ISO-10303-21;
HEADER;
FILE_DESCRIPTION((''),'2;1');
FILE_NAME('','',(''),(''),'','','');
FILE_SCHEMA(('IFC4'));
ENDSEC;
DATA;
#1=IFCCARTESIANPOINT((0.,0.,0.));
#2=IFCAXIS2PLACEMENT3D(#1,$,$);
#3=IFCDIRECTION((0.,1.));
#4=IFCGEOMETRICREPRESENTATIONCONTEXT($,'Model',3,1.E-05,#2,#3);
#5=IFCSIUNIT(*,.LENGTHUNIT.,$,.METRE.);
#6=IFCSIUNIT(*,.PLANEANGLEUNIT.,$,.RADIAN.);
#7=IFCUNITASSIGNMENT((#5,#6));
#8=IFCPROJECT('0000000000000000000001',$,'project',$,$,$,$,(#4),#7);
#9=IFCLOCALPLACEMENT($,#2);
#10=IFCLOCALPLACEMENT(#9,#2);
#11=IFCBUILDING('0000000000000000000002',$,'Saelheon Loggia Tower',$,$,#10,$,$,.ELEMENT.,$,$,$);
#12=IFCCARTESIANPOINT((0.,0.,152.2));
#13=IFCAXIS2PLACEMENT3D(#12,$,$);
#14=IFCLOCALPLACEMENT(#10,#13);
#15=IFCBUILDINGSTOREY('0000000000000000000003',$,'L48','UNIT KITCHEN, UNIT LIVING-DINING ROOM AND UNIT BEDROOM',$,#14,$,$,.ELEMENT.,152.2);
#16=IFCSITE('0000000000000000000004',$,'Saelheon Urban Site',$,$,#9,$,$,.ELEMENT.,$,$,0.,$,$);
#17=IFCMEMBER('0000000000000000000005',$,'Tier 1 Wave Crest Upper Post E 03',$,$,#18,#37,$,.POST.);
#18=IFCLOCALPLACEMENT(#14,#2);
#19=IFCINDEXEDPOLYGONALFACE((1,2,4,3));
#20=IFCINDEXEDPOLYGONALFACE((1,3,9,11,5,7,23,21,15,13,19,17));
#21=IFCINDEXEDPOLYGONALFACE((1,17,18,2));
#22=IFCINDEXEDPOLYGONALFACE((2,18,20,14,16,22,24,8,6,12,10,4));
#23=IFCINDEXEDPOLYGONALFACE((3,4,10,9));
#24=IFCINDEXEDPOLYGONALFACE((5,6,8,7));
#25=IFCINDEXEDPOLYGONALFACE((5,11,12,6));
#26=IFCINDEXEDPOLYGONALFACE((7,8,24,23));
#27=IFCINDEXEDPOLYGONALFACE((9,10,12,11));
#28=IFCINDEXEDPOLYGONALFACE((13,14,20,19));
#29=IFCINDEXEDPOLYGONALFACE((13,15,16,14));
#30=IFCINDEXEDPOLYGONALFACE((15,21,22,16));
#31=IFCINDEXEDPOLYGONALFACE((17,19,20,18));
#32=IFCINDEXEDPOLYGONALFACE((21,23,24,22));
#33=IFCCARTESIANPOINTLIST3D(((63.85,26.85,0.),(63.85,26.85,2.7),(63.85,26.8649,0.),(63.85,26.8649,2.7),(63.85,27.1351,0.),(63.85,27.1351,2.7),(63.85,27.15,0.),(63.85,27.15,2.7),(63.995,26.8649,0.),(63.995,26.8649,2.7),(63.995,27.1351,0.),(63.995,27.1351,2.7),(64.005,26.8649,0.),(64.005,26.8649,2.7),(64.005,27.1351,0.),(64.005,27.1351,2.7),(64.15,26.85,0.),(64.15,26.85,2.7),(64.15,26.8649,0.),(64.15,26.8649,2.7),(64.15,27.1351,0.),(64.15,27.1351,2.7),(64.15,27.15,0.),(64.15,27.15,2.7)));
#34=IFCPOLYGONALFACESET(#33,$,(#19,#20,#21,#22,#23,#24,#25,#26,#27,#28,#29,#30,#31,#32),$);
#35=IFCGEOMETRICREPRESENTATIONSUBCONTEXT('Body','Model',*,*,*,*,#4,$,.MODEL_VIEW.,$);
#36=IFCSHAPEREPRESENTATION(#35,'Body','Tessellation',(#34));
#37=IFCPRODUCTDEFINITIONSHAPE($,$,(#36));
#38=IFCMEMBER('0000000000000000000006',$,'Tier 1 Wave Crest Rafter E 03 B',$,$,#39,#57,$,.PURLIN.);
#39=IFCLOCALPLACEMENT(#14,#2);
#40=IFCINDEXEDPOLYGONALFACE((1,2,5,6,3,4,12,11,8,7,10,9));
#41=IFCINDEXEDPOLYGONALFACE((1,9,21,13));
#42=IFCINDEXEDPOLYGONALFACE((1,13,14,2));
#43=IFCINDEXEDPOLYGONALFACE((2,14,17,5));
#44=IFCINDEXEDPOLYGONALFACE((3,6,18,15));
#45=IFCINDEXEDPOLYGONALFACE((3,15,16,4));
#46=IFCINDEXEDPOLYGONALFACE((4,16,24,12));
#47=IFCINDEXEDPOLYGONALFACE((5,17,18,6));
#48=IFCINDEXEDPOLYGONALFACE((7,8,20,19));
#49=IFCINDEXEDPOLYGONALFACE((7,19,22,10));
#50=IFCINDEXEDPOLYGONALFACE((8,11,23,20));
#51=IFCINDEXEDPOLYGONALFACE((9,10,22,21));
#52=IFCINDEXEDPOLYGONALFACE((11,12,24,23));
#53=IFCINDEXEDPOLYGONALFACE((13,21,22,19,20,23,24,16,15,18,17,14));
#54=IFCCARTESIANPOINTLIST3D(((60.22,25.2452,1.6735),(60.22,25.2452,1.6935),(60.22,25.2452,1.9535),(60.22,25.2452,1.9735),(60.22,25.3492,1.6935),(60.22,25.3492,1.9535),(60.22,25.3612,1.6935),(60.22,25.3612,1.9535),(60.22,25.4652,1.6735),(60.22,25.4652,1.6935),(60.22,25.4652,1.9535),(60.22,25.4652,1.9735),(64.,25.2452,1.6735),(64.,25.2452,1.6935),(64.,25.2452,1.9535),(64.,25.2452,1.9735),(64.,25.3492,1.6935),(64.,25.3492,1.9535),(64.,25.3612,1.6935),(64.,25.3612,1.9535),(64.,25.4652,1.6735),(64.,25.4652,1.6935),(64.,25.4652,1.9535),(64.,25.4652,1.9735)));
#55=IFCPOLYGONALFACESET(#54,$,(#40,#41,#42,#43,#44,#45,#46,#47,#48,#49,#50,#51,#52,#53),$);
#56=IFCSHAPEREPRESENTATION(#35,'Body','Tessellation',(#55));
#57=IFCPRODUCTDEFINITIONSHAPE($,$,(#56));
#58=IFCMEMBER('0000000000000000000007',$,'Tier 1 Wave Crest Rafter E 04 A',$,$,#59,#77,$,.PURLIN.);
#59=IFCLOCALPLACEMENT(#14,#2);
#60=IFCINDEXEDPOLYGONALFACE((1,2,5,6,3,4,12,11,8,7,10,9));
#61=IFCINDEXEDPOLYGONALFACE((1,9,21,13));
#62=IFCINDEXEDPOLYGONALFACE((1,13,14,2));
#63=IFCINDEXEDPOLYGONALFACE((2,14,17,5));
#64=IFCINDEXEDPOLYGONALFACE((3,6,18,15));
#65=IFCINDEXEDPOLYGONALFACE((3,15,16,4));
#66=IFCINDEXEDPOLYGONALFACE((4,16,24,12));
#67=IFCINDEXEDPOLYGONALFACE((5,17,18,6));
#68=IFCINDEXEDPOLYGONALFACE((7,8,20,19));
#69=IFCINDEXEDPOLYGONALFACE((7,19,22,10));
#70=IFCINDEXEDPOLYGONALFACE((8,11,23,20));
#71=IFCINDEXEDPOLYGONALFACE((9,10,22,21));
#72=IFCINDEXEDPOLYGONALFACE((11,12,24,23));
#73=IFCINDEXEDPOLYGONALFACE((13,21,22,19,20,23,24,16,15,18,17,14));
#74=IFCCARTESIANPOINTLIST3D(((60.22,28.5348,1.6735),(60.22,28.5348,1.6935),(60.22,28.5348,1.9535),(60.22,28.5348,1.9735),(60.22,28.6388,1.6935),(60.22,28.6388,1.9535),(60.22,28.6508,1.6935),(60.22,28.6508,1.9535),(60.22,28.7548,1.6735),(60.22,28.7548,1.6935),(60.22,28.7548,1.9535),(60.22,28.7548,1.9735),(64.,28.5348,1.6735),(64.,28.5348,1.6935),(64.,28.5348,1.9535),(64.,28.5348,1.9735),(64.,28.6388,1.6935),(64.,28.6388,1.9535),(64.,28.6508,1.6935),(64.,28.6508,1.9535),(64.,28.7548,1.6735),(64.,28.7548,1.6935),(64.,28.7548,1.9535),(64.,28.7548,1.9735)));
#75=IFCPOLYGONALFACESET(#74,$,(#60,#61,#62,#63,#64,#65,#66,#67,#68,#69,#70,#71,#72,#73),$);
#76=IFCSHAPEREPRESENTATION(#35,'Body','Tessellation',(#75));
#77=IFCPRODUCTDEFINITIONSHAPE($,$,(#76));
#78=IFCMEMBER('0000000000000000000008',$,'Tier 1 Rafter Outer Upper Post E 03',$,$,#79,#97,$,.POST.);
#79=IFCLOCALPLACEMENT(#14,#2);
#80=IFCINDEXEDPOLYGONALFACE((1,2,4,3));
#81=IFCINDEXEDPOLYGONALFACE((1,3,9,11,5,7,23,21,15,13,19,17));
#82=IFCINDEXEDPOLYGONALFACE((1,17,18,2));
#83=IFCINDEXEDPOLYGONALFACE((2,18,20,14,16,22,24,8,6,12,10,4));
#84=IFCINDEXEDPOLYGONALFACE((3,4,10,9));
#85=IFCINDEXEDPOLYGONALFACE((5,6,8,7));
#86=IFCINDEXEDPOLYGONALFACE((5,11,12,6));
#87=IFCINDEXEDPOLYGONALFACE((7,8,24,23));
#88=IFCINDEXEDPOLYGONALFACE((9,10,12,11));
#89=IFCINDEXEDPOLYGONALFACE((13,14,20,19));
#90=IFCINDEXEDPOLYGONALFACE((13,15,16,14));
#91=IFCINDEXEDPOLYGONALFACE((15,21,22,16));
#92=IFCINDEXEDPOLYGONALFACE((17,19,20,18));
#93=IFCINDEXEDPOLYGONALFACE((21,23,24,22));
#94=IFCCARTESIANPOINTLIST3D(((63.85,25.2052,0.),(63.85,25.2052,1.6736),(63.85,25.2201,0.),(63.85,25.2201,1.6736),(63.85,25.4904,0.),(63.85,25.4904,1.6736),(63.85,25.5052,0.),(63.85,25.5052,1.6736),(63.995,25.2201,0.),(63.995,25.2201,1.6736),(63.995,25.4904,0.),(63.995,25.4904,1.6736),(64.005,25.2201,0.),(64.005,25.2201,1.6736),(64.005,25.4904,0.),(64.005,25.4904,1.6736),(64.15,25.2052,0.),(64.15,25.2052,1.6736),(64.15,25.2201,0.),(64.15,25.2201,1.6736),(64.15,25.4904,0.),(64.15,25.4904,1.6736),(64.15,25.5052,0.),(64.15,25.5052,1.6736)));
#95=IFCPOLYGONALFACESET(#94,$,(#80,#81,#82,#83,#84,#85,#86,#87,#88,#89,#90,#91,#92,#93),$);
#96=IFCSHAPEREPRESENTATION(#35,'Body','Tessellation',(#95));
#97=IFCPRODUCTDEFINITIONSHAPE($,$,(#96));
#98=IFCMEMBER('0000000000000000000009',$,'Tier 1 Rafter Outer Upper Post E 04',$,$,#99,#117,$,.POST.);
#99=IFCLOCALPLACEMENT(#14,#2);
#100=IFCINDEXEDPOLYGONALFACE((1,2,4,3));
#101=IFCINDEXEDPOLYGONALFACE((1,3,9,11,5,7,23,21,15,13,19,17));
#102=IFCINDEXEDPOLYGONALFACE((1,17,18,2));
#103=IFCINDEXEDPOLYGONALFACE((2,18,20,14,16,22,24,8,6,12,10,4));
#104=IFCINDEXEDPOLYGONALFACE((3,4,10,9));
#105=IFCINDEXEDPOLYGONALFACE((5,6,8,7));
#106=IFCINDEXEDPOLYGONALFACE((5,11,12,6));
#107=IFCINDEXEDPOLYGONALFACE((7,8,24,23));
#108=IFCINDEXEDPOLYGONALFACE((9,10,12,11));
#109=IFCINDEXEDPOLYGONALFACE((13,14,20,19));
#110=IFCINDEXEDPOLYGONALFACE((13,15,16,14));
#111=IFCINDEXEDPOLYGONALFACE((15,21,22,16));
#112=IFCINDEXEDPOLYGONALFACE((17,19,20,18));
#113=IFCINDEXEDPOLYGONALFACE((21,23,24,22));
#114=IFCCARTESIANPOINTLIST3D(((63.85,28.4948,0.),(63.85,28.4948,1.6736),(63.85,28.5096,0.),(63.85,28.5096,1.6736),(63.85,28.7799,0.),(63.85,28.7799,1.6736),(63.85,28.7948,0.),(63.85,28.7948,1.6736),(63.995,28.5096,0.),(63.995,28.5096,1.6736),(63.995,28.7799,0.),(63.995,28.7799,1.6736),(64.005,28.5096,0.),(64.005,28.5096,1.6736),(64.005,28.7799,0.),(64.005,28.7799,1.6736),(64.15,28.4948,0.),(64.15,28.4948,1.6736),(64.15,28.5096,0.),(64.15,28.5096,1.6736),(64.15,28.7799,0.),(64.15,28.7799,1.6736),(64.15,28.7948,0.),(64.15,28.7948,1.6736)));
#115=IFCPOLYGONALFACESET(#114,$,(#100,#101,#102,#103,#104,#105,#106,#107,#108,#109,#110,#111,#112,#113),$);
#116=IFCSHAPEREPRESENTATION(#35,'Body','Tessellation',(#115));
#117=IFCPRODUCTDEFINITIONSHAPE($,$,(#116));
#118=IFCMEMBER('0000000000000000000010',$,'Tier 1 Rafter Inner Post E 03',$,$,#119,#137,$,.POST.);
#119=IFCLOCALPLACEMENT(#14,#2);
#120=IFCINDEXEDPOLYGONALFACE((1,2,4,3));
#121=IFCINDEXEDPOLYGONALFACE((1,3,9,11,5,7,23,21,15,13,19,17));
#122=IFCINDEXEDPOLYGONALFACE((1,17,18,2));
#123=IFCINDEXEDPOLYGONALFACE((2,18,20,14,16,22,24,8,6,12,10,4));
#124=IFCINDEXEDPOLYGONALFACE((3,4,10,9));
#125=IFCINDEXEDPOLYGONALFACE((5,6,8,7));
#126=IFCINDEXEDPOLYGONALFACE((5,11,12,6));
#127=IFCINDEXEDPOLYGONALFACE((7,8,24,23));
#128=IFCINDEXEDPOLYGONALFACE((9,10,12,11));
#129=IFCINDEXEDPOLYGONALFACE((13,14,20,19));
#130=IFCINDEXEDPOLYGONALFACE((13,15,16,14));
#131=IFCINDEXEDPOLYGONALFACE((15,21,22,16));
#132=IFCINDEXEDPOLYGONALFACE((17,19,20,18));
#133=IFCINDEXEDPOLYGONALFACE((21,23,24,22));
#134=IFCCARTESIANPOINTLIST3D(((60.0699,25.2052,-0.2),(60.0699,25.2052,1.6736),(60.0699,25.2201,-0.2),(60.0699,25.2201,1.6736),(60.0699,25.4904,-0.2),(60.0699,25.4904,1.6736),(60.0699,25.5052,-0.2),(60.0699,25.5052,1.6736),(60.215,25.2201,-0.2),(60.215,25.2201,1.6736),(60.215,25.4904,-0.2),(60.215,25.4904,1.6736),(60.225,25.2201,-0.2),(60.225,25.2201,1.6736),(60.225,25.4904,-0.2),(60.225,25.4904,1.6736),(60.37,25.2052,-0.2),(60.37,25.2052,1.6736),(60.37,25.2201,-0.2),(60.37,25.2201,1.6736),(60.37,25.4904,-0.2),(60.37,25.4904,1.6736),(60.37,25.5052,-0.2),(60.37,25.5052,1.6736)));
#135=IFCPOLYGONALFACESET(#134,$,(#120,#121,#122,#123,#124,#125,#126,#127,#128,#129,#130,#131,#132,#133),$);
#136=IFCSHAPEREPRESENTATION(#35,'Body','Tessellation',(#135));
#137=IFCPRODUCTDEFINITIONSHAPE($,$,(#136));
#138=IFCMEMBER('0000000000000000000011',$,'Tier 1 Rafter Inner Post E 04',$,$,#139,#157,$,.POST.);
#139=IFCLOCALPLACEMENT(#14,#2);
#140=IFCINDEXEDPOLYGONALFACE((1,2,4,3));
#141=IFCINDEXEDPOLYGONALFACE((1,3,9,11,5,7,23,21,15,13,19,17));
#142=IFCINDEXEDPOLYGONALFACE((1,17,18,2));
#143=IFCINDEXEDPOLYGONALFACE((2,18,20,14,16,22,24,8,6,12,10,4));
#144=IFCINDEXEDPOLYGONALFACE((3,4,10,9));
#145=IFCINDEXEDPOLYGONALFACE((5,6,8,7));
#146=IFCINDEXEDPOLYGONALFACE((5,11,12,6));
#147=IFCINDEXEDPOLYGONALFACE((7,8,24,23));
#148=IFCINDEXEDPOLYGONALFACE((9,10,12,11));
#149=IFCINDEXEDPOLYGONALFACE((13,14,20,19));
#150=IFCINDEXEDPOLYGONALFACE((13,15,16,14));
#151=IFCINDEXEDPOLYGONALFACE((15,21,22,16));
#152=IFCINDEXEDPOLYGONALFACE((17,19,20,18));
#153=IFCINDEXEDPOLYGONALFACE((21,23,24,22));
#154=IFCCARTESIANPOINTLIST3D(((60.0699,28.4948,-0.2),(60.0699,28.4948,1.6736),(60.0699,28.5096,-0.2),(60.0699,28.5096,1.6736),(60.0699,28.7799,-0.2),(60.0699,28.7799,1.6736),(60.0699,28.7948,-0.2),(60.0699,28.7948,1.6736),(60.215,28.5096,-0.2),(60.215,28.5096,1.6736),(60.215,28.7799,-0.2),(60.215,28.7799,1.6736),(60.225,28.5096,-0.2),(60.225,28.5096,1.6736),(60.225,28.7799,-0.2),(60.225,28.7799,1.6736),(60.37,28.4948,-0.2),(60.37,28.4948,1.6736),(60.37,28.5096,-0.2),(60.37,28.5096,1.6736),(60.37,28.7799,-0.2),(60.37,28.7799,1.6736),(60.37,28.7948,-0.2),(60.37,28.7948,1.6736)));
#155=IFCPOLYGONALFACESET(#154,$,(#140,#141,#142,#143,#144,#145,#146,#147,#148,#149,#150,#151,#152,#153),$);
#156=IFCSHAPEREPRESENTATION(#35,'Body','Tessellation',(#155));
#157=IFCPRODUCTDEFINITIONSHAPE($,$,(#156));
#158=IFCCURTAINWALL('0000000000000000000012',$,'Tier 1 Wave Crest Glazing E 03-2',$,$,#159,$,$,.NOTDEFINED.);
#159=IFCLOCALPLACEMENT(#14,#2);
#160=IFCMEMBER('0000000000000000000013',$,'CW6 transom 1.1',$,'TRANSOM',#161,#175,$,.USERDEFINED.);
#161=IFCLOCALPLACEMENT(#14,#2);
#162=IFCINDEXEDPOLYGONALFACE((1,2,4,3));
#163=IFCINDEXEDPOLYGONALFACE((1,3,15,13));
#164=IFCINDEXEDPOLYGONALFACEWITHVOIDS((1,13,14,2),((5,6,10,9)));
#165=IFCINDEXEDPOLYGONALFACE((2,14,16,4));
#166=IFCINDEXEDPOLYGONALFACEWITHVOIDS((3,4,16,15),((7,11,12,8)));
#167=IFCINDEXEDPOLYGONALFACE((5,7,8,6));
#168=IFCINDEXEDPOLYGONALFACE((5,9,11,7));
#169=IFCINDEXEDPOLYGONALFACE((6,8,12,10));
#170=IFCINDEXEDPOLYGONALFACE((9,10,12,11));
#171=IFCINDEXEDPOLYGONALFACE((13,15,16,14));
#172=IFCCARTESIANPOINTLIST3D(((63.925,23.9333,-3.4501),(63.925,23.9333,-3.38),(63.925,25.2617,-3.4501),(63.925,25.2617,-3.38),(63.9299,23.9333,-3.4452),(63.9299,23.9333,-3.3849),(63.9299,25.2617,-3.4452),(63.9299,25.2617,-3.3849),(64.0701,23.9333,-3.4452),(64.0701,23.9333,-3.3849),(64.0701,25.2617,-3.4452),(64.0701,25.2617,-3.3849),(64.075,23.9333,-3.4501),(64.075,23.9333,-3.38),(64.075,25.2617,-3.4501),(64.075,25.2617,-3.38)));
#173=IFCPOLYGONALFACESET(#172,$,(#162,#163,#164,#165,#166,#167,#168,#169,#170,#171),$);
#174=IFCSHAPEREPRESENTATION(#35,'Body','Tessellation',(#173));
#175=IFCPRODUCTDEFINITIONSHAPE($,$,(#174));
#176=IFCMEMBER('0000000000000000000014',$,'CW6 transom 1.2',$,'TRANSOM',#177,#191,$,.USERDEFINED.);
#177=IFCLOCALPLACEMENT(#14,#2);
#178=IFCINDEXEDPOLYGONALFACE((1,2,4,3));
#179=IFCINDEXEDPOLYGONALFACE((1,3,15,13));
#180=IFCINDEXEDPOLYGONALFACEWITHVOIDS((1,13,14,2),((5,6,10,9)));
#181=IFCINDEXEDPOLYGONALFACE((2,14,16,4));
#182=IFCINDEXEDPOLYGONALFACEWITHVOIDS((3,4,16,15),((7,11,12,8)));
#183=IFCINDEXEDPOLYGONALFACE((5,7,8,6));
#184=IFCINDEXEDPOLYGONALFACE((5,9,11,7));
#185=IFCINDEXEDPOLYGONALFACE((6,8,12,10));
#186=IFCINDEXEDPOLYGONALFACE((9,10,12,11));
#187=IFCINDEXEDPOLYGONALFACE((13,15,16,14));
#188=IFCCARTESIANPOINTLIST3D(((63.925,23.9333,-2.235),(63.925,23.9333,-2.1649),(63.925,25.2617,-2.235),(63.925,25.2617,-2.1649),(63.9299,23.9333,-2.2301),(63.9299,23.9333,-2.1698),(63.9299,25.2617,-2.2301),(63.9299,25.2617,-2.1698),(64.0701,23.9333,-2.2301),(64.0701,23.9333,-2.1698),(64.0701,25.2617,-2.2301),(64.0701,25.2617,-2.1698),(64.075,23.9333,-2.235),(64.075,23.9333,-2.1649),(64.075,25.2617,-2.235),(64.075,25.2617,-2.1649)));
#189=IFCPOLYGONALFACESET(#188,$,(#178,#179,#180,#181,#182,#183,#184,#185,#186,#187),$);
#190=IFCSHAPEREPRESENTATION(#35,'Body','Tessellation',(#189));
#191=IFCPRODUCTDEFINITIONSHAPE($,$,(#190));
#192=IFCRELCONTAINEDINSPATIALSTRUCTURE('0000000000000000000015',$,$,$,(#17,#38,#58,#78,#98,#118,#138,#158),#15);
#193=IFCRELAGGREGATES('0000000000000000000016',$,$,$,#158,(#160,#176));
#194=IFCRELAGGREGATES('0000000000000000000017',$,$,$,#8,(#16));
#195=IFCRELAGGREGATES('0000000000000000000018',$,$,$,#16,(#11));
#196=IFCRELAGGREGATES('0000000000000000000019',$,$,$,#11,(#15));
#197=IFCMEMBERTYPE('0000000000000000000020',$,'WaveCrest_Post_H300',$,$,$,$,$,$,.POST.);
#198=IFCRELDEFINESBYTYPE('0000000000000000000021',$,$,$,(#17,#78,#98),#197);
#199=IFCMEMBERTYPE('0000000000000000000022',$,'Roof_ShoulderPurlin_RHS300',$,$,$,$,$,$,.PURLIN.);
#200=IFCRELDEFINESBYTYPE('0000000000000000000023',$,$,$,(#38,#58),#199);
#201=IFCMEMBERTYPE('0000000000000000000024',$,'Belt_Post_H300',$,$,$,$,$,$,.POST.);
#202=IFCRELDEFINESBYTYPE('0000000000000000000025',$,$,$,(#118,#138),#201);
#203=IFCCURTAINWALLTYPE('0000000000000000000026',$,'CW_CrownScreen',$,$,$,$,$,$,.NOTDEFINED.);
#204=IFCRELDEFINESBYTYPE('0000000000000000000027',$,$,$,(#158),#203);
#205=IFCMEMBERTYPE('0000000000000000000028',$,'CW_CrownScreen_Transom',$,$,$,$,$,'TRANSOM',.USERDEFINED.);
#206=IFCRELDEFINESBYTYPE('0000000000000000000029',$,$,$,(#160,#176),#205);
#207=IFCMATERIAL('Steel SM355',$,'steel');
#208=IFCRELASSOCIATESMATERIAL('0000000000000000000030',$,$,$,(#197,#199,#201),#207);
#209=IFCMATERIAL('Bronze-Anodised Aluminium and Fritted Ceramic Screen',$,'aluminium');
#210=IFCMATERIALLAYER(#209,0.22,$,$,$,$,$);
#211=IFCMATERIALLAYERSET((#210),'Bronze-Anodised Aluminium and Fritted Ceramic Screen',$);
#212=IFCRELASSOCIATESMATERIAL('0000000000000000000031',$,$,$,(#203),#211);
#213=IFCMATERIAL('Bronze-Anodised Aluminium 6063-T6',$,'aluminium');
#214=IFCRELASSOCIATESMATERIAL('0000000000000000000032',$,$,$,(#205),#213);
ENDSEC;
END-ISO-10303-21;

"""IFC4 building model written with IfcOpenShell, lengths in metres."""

from ifc_helpers import new_model, si_unit, direction, frame, origin, origin_2d, place, context, subcontext, project, spatial, hollow_rectangle, i_section, extrude, source, transform, mapped, material, layer, layer_set, material_profile, profile_set, type_object, element, aggregate, save


model = new_model("IFC4")

# Units and contexts
model_context = context("Model", 3, precision=1e-05, world=origin(), true_north=direction((0.0, 1.0)))
body_context = subcontext(model_context, "Body", "Model", "MODEL_VIEW")
ifc_project = project(units=[si_unit("LENGTHUNIT", "METRE"), si_unit("PLANEANGLEUNIT", "RADIAN")], contexts=[model_context])

# Site, building, storey
site_placement = place(None, origin())
site = spatial("IfcSite", under=ifc_project, at=site_placement, Name="Saelheon Urban Site", CompositionType="ELEMENT", RefElevation=0.0)
building_placement = place(site_placement, origin())
building = spatial("IfcBuilding", under=site, at=building_placement, Name="Saelheon Loggia Tower", CompositionType="ELEMENT")
storey_placement = place(building_placement, frame((0.0, 0.0, 152.2)))
storey = spatial("IfcBuildingStorey", under=building, at=storey_placement, Name="L48", Description="UNIT KITCHEN, UNIT LIVING-DINING ROOM AND UNIT BEDROOM", CompositionType="ELEMENT", Elevation=152.2)

# Members
ifc_material_1 = material(Name="Steel SM355", Category="steel")
ifc_material_profile_1 = material_profile(ifc_material_1, i_section(OverallWidth=0.3, OverallDepth=0.3, WebThickness=0.01, FlangeThickness=0.0149, at=origin_2d()), Name="H-300x300x10x15")
ifc_profile_set_1 = profile_set([ifc_material_profile_1], Name="Steel SM355")
member_type_1 = type_object("IfcMemberType", Name="WaveCrest_Post_H300", PredefinedType="POST", material=ifc_profile_set_1)
shared_shape_1 = source(origin(), body_context, "Body", "SweptSolid", [
    extrude(i_section(OverallWidth=0.3, OverallDepth=0.3, WebThickness=0.01, FlangeThickness=0.0149, at=origin_2d()), origin(), (0.0, 0.0, 1.0), 2.7),
])
member_1_placement = place(storey_placement, frame((64.0, 27.0, 0.0), z_axis=(0.0, 0.0, 1.0), x_axis=(1.0, 0.0, 0.0)))
element("IfcMember", 1, at=member_1_placement, inside=storey, type_object=member_type_1, Name="Tier 1 Wave Crest Upper Post E 03", PredefinedType="POST", context=body_context, shape_type="MappedRepresentation", body=[
    mapped(shared_shape_1, transform((0.0, 0.0, 0.0), scale=1.0)),
])
ifc_material_profile_2 = material_profile(ifc_material_1, i_section(OverallWidth=0.22, OverallDepth=0.3, WebThickness=0.012, FlangeThickness=0.02, at=origin_2d()), Name="H-300x220x12x20")
ifc_profile_set_2 = profile_set([ifc_material_profile_2], Name="Steel SM355")
member_type_2 = type_object("IfcMemberType", Name="Roof_ShoulderPurlin_RHS300", PredefinedType="PURLIN", material=ifc_profile_set_2)
shared_shape_2 = source(origin(), body_context, "Body", "SweptSolid", [
    extrude(i_section(OverallWidth=0.22, OverallDepth=0.3, WebThickness=0.012, FlangeThickness=0.02, at=origin_2d()), origin(), (0.0, 0.0, 1.0), 3.78),
])
for number, where, z_axis, x_axis, name in (
    (2, (64.0, 25.3552, 1.8235), (-1.0, 0.0, 0.0), (0.0, -1.0, 0.0), "Tier 1 Wave Crest Rafter E 03 B"),
    (3, (64.0, 28.6448, 1.8235), (-1.0, 0.0, 0.0), (0.0, -1.0, 0.0), "Tier 1 Wave Crest Rafter E 04 A"),
):
    element("IfcMember", number, at=place(storey_placement, frame(where, z_axis=z_axis, x_axis=x_axis)), inside=storey, type_object=member_type_2, Name=name, PredefinedType="PURLIN", context=body_context, shape_type="MappedRepresentation", body=[
        mapped(shared_shape_2, transform((0.0, 0.0, 0.0), scale=1.0)),
    ])
shared_shape_3 = source(origin(), body_context, "Body", "SweptSolid", [
    extrude(i_section(OverallWidth=0.3, OverallDepth=0.3, WebThickness=0.01, FlangeThickness=0.0149, at=origin_2d()), origin(), (0.0, 0.0, 1.0), 1.6736),
])
for number, where, z_axis, x_axis, name in (
    (4, (64.0, 25.3552, 0.0), (0.0, 0.0, 1.0), (1.0, 0.0, 0.0), "Tier 1 Rafter Outer Upper Post E 03"),
    (5, (64.0, 28.6448, 0.0), (0.0, 0.0, 1.0), (1.0, 0.0, 0.0), "Tier 1 Rafter Outer Upper Post E 04"),
):
    element("IfcMember", number, at=place(storey_placement, frame(where, z_axis=z_axis, x_axis=x_axis)), inside=storey, type_object=member_type_1, Name=name, PredefinedType="POST", context=body_context, shape_type="MappedRepresentation", body=[
        mapped(shared_shape_3, transform((0.0, 0.0, 0.0), scale=1.0)),
    ])
ifc_material_profile_3 = material_profile(ifc_material_1, i_section(OverallWidth=0.3, OverallDepth=0.3, WebThickness=0.01, FlangeThickness=0.0149, at=origin_2d()), Name="H-300x300x10x15")
ifc_profile_set_3 = profile_set([ifc_material_profile_3], Name="Steel SM355")
member_type_3 = type_object("IfcMemberType", Name="Belt_Post_H300", PredefinedType="POST", material=ifc_profile_set_3)
shared_shape_4 = source(origin(), body_context, "Body", "SweptSolid", [
    extrude(i_section(OverallWidth=0.3, OverallDepth=0.3, WebThickness=0.01, FlangeThickness=0.0149, at=origin_2d()), origin(), (0.0, 0.0, 1.0), 1.8735),
])
for number, where, z_axis, x_axis, name in (
    (6, (60.22, 25.3552, -0.2), (0.0, 0.0, 1.0), (1.0, 0.0, 0.0), "Tier 1 Rafter Inner Post E 03"),
    (7, (60.22, 28.6448, -0.2), (0.0, 0.0, 1.0), (1.0, 0.0, 0.0), "Tier 1 Rafter Inner Post E 04"),
):
    element("IfcMember", number, at=place(storey_placement, frame(where, z_axis=z_axis, x_axis=x_axis)), inside=storey, type_object=member_type_3, Name=name, PredefinedType="POST", context=body_context, shape_type="MappedRepresentation", body=[
        mapped(shared_shape_4, transform((0.0, 0.0, 0.0), scale=1.0)),
    ])

# Curtain wall, members
ifc_material_2 = material(Name="Bronze-Anodised Aluminium and Fritted Ceramic Screen", Category="aluminium")
ifc_layer_1 = layer(ifc_material_2, 0.22)
ifc_layer_set_1 = layer_set([ifc_layer_1], Name="Bronze-Anodised Aluminium and Fritted Ceramic Screen")
curtain_wall_type = type_object("IfcCurtainWallType", Name="CW_CrownScreen", PredefinedType="NOTDEFINED", material=ifc_layer_set_1)
curtain_wall_1_placement = place(storey_placement, origin())
curtain_wall_1 = element("IfcCurtainWall", 8, at=curtain_wall_1_placement, inside=storey, type_object=curtain_wall_type, Name="Tier 1 Wave Crest Glazing E 03-2", PredefinedType="NOTDEFINED")
ifc_material_3 = material(Name="Bronze-Anodised Aluminium 6063-T6", Category="aluminium")
ifc_material_profile_4 = material_profile(ifc_material_3, hollow_rectangle(XDim=0.0701, YDim=0.1499, WallThickness=0.0049, at=origin_2d()), Name="RHS-150x70x5")
ifc_profile_set_4 = profile_set([ifc_material_profile_4], Name="Bronze-Anodised Aluminium 6063-T6")
member_type_4 = type_object("IfcMemberType", Name="CW_CrownScreen_Transom", ElementType="TRANSOM", PredefinedType="USERDEFINED", material=ifc_profile_set_4)
shared_shape_5 = source(origin(), body_context, "Body", "SweptSolid", [
    extrude(hollow_rectangle(XDim=0.0701, YDim=0.1499, WallThickness=0.0049, at=origin_2d()), origin(), (0.0, 0.0, 1.0), 1.3284),
])
member_2_placement = place(storey_placement, frame((64.0, 23.9333, -3.415), z_axis=(0.0, 1.0, 0.0), x_axis=(0.0, 0.0, 1.0)))
member_2 = element("IfcMember", 9, at=member_2_placement, type_object=member_type_4, Name="CW6 transom 1.1", ObjectType="TRANSOM", PredefinedType="USERDEFINED", context=body_context, shape_type="MappedRepresentation", body=[
    mapped(shared_shape_5, transform((0.0, 0.0, 0.0), scale=1.0)),
])
member_3_placement = place(storey_placement, frame((64.0, 23.9333, -2.2), z_axis=(0.0, 1.0, 0.0), x_axis=(0.0, 0.0, 1.0)))
member_3 = element("IfcMember", 10, at=member_3_placement, type_object=member_type_4, Name="CW6 transom 1.2", ObjectType="TRANSOM", PredefinedType="USERDEFINED", context=body_context, shape_type="MappedRepresentation", body=[
    mapped(shared_shape_5, transform((0.0, 0.0, 0.0), scale=1.0)),
])

aggregate(curtain_wall_1, [member_2, member_3])

save(model, "model.ifc")
